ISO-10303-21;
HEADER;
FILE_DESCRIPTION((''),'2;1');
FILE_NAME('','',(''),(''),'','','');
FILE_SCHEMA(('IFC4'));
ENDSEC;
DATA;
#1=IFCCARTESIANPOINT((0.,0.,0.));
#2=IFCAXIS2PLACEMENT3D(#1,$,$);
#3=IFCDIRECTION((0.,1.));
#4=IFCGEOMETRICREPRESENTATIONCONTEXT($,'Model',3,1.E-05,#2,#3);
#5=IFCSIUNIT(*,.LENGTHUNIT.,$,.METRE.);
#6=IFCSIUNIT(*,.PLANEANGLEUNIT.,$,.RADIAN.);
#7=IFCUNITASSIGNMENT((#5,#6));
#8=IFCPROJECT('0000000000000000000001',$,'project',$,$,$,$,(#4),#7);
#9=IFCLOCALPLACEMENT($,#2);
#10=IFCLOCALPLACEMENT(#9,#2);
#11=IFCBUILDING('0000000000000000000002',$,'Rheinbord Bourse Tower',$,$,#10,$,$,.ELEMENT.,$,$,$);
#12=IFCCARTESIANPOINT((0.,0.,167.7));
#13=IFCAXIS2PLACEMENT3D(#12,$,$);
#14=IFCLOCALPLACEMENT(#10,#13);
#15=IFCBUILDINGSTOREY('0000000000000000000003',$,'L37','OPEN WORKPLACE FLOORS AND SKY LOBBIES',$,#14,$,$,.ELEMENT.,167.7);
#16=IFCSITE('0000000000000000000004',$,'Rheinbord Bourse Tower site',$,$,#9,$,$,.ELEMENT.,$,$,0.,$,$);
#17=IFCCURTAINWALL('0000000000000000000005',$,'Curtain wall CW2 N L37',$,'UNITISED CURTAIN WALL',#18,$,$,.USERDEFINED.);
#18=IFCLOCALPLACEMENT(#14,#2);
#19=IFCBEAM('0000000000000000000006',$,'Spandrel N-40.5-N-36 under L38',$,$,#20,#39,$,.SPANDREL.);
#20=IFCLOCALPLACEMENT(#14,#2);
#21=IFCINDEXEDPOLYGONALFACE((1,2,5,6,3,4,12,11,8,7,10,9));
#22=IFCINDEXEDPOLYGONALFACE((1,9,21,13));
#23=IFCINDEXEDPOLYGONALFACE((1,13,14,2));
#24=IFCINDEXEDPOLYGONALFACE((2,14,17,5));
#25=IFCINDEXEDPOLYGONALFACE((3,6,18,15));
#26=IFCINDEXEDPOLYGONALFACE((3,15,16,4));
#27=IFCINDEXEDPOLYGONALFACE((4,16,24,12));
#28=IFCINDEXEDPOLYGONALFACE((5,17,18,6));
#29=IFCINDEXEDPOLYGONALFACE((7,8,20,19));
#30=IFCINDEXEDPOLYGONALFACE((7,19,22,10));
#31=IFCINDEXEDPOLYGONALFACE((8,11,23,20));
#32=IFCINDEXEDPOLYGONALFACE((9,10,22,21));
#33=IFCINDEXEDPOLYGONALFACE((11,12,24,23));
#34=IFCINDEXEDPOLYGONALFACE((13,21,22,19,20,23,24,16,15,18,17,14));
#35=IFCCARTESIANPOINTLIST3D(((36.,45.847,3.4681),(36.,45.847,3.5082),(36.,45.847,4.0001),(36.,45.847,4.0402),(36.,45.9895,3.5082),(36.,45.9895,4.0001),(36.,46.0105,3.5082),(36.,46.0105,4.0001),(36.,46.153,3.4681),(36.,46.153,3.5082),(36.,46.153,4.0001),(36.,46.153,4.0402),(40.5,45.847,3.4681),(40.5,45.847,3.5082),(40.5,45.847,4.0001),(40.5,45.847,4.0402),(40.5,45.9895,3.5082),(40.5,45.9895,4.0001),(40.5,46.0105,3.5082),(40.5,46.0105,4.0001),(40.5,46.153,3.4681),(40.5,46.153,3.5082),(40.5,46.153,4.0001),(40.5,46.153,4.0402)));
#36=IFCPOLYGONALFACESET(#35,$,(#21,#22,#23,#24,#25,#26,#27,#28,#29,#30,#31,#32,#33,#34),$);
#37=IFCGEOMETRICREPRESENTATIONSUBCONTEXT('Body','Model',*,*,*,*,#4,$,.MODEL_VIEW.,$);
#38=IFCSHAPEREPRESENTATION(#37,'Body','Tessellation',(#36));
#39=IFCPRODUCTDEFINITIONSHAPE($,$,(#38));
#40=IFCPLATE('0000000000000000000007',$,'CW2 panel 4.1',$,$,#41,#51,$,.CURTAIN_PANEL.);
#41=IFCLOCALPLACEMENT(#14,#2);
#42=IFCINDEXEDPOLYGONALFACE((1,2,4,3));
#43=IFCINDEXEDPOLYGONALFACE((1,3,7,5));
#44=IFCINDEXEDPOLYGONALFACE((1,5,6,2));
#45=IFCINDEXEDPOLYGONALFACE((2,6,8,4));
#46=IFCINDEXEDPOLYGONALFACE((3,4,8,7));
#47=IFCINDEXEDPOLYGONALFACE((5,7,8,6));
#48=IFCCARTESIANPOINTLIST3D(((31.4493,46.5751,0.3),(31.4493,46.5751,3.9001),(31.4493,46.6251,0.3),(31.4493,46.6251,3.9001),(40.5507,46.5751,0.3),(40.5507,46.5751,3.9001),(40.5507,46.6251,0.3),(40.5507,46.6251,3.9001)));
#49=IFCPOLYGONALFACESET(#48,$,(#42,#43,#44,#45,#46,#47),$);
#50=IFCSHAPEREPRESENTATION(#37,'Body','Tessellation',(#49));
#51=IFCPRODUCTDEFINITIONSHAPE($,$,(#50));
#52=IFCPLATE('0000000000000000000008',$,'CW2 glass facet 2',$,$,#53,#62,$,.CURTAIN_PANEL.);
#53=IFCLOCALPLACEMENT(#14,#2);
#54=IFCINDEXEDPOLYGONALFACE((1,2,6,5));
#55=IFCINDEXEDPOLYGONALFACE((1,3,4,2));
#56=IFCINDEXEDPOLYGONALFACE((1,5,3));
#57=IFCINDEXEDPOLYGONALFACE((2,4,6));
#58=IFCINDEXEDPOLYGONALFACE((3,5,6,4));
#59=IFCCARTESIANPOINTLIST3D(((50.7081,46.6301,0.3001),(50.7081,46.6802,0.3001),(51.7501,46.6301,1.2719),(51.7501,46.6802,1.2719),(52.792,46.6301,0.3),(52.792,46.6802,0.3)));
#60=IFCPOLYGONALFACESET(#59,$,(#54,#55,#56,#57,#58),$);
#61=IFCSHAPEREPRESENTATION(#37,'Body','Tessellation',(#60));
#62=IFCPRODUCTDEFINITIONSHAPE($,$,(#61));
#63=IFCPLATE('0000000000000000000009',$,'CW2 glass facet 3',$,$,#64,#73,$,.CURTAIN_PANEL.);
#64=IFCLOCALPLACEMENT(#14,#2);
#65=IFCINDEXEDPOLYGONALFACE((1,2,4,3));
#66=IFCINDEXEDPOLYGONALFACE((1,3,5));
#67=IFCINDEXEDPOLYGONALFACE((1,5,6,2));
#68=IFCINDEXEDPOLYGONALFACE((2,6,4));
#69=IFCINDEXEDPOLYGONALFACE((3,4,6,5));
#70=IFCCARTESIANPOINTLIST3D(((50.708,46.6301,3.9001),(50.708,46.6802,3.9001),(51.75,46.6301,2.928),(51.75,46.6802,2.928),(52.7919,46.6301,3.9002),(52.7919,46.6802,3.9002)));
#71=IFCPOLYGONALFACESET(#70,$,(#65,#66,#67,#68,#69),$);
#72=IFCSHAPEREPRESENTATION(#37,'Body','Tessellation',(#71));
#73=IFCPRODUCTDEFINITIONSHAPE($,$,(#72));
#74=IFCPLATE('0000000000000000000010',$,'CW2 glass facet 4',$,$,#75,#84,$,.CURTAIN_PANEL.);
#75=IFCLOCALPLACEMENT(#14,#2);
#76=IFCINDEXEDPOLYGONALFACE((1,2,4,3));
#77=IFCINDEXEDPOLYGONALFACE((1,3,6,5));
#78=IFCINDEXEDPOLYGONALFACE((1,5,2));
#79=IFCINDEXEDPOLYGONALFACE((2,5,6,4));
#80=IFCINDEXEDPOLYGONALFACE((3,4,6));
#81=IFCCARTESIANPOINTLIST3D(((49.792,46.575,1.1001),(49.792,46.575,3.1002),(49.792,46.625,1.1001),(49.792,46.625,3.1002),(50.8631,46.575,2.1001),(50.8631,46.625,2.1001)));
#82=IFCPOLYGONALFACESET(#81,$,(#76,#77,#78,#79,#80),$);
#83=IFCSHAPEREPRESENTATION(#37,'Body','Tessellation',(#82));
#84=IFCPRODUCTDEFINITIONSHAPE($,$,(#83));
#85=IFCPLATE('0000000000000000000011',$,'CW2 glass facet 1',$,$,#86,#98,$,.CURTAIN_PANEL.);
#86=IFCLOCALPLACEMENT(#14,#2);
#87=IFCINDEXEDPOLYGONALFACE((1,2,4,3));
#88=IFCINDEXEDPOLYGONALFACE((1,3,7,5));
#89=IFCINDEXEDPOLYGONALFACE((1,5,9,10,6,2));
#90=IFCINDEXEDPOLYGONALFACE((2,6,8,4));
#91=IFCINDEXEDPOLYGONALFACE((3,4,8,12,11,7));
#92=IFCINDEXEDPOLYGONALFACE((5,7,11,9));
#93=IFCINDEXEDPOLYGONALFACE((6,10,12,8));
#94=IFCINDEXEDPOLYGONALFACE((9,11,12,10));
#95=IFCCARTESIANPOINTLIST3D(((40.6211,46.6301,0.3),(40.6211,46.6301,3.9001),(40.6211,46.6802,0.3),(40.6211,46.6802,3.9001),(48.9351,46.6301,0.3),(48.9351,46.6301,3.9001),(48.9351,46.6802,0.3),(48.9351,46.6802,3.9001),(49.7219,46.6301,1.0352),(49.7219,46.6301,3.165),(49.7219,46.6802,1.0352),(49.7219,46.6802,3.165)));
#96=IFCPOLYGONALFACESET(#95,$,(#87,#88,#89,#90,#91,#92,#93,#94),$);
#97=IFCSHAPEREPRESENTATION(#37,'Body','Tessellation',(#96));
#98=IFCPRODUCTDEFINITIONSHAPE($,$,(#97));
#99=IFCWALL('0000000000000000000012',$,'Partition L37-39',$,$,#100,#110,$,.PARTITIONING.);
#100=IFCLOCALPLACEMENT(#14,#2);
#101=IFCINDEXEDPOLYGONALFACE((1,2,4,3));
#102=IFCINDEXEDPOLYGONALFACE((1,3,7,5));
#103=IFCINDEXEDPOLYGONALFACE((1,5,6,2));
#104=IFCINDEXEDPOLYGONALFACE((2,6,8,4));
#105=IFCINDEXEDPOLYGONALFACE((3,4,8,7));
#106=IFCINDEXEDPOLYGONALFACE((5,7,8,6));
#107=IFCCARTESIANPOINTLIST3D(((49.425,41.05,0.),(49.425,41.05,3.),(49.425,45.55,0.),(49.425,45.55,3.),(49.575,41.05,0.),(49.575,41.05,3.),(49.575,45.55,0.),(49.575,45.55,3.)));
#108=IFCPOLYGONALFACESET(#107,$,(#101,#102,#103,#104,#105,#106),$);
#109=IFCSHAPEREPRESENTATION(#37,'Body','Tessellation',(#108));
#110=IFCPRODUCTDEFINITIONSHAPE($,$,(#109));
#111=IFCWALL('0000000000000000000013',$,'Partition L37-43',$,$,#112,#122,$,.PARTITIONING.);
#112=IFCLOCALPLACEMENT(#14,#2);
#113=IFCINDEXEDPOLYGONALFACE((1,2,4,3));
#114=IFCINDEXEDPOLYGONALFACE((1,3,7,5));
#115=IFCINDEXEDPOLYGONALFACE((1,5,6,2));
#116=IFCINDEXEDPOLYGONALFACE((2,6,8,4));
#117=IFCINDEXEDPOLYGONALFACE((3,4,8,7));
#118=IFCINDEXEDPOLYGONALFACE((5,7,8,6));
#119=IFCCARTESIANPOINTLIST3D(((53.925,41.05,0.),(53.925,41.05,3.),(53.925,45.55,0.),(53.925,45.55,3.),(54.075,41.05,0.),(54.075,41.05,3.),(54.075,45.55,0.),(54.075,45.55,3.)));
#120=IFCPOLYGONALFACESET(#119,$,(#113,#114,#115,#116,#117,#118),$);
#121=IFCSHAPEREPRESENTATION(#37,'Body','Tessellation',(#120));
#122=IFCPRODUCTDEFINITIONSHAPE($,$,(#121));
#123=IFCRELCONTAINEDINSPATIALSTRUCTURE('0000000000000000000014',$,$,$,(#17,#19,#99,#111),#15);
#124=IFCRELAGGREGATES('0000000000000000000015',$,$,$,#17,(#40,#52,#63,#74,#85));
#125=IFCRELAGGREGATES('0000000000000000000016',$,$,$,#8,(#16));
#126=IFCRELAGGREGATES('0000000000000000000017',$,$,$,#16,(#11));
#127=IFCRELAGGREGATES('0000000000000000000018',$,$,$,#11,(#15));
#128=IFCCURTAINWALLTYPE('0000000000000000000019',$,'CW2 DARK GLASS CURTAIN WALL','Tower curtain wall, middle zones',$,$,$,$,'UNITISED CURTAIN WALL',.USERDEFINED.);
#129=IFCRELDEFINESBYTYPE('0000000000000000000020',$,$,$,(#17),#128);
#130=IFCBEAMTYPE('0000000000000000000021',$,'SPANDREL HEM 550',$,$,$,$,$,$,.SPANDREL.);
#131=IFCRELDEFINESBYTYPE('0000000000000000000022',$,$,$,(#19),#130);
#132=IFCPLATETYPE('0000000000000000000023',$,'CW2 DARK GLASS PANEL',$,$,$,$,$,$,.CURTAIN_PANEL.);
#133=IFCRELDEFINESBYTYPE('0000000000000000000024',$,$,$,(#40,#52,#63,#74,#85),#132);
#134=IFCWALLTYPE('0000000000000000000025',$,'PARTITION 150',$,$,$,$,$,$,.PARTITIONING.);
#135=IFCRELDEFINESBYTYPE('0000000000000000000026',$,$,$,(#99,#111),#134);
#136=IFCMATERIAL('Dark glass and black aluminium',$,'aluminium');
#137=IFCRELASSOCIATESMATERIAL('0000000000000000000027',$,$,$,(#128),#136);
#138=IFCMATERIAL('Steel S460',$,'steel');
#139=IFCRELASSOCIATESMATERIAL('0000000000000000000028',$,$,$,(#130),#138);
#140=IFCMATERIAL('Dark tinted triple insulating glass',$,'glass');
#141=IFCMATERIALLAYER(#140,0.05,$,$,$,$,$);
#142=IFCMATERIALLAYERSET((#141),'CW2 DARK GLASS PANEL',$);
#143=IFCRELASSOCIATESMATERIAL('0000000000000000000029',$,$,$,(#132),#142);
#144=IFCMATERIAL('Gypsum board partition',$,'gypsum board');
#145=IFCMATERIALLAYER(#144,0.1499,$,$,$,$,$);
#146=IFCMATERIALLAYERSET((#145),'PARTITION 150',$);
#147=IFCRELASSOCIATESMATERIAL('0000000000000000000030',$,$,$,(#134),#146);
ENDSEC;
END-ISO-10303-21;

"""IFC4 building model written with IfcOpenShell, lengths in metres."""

from ifc_helpers import new_model, si_unit, direction, frame, frame_2d, origin, origin_2d, place, context, subcontext, project, spatial, polyline, rectangle, i_section, outline, extrude, material, layer, layer_set, material_profile, profile_set, type_object, element, aggregate, save


model = new_model("IFC4")

# Units and contexts
model_context = context("Model", 3, precision=1e-05, world=origin(), true_north=direction((0.0, 1.0)))
body_context = subcontext(model_context, "Body", "Model", "MODEL_VIEW")
ifc_project = project(units=[si_unit("LENGTHUNIT", "METRE"), si_unit("PLANEANGLEUNIT", "RADIAN")], contexts=[model_context])

# Site, building, storey
site_placement = place(None, origin())
site = spatial("IfcSite", under=ifc_project, at=site_placement, Name="Rheinbord Bourse Tower site", CompositionType="ELEMENT", RefElevation=0.0)
building_placement = place(site_placement, origin())
building = spatial("IfcBuilding", under=site, at=building_placement, Name="Rheinbord Bourse Tower", CompositionType="ELEMENT")
storey_placement = place(building_placement, frame((0.0, 0.0, 167.7)))
storey = spatial("IfcBuildingStorey", under=building, at=storey_placement, Name="L37", Description="OPEN WORKPLACE FLOORS AND SKY LOBBIES", CompositionType="ELEMENT", Elevation=167.7)

# Curtain wall
ifc_material_1 = material(Name="Dark glass and black aluminium", Category="aluminium")
curtain_wall_type = type_object("IfcCurtainWallType", Name="CW2 DARK GLASS CURTAIN WALL", Description="Tower curtain wall, middle zones", ElementType="UNITISED CURTAIN WALL", PredefinedType="USERDEFINED", material=ifc_material_1)
curtain_wall_placement = place(storey_placement, origin())
curtain_wall = element("IfcCurtainWall", 1, at=curtain_wall_placement, inside=storey, type_object=curtain_wall_type, Name="Curtain wall CW2 N L37", ObjectType="UNITISED CURTAIN WALL", PredefinedType="USERDEFINED")

# Beam
ifc_material_2 = material(Name="Steel S460", Category="steel")
ifc_material_profile_1 = material_profile(ifc_material_2, i_section(OverallWidth=0.3059, OverallDepth=0.572, WebThickness=0.021, FlangeThickness=0.04, at=origin_2d()), Name="HEM 550")
ifc_profile_set_1 = profile_set([ifc_material_profile_1], Name="Steel S460")
beam_type_1 = type_object("IfcBeamType", Name="SPANDREL HEM 550", PredefinedType="SPANDREL", material=ifc_profile_set_1)
for number, where, z_axis, x_axis, name in (
    (2, (40.5, 46.0, 3.7542), (-1.0, 0.0, 0.0), (0.0, -1.0, 0.0), "Spandrel N-40.5-N-36 under L38"),
):
    element("IfcBeam", number, at=place(storey_placement, frame(where, z_axis=z_axis, x_axis=x_axis)), inside=storey, type_object=beam_type_1, Name=name, PredefinedType="SPANDREL", context=body_context, shape_type="SweptSolid", body=[
        extrude(i_section(OverallWidth=0.3059, OverallDepth=0.572, WebThickness=0.021, FlangeThickness=0.04, at=origin_2d()), origin(), (0.0, 0.0, 1.0), 4.5),
    ])

# Plates
ifc_material_3 = material(Name="Dark tinted triple insulating glass", Category="glass")
ifc_layer_1 = layer(ifc_material_3, 0.05)
ifc_layer_set_1 = layer_set([ifc_layer_1], Name="CW2 DARK GLASS PANEL")
plate_type = type_object("IfcPlateType", Name="CW2 DARK GLASS PANEL", PredefinedType="CURTAIN_PANEL", material=ifc_layer_set_1)
plate_1_placement = place(storey_placement, frame((36.0, 46.6001, 0.3), z_axis=(0.0, 0.0, 1.0), x_axis=(-1.0, 0.0, 0.0)))
plate_1 = element("IfcPlate", 3, at=plate_1_placement, type_object=plate_type, Name="CW2 panel 4.1", PredefinedType="CURTAIN_PANEL", context=body_context, shape_type="SweptSolid", body=[
    extrude(rectangle(XDim=9.1013, YDim=0.05, at=origin_2d()), origin(), (0.0, 0.0, 1.0), 3.6001),
])
plate_2_placement = place(storey_placement, frame((52.792, 46.6802, 0.3), z_axis=(0.0, -1.0, 0.0), x_axis=(-0.731266, 0.0, 0.682092)))
plate_2 = element("IfcPlate", 4, at=plate_2_placement, type_object=plate_type, Name="CW2 glass facet 2", PredefinedType="CURTAIN_PANEL", context=body_context, shape_type="SweptSolid", body=[
    extrude(outline(polyline([(0.0, 0.0), (1.4248, 0.0), (1.5239, 1.4214), (0.0, 0.0)])), origin(), (0.0, 0.0, 1.0), 0.05),
])
plate_3_placement = place(storey_placement, frame((50.708, 46.6802, 3.9001), z_axis=(0.0, -1.0, 0.0), x_axis=(0.731181, 0.0, -0.682184)))
plate_3 = element("IfcPlate", 5, at=plate_3_placement, type_object=plate_type, Name="CW2 glass facet 3", PredefinedType="CURTAIN_PANEL", context=body_context, shape_type="SweptSolid", body=[
    extrude(outline(polyline([(0.0, 0.0), (1.425, 0.0), (1.5237, 1.4216), (0.0, 0.0)])), origin(), (0.0, 0.0, 1.0), 0.05),
])
plate_4_placement = place(storey_placement, frame((49.792, 46.625, 1.1001), z_axis=(0.0, -1.0, 0.0), x_axis=(0.730933, 0.0, 0.682449)))
plate_4 = element("IfcPlate", 6, at=plate_4_placement, type_object=plate_type, Name="CW2 glass facet 4", PredefinedType="CURTAIN_PANEL", context=body_context, shape_type="SweptSolid", body=[
    extrude(outline(polyline([(0.0, 0.0), (1.4653, 0.0), (1.365, 1.4619), (0.0, 0.0)])), origin(), (0.0, 0.0, 1.0), 0.05),
])
plate_5_placement = place(storey_placement, frame((40.6211, 46.6802, 3.9001), z_axis=(0.0, -1.0, 0.0), x_axis=(0.0, 0.0, -1.0)))
plate_5 = element("IfcPlate", 7, at=plate_5_placement, type_object=plate_type, Name="CW2 glass facet 1", PredefinedType="CURTAIN_PANEL", context=body_context, shape_type="SweptSolid", body=[
    extrude(outline(polyline([(0.0, 0.0), (3.6001, 0.0), (3.6001, 8.314), (2.865, 9.1008), (0.7351, 9.1008), (0.0, 8.314), (0.0, 0.0)])), origin(), (0.0, 0.0, 1.0), 0.05),
])
aggregate(curtain_wall, [plate_1, plate_2, plate_3, plate_4, plate_5])

# Walls
ifc_material_4 = material(Name="Gypsum board partition", Category="gypsum board")
ifc_layer_2 = layer(ifc_material_4, 0.1499)
ifc_layer_set_2 = layer_set([ifc_layer_2], Name="PARTITION 150")
wall_type = type_object("IfcWallType", Name="PARTITION 150", PredefinedType="PARTITIONING", material=ifc_layer_set_2)
for number, where, z_axis, x_axis, name in (
    (8, (49.5, 41.05, 0.0), (0.0, 0.0, 1.0), (0.0, 1.0, 0.0), "Partition L37-39"),
    (9, (54.0, 41.05, 0.0), (0.0, 0.0, 1.0), (0.0, 1.0, 0.0), "Partition L37-43"),
):
    element("IfcWall", number, at=place(storey_placement, frame(where, z_axis=z_axis, x_axis=x_axis)), inside=storey, type_object=wall_type, Name=name, PredefinedType="PARTITIONING", context=body_context, shape_type="SweptSolid", body=[
        extrude(rectangle(XDim=4.5, YDim=0.1499, at=frame_2d((2.25, 0.0))), origin(), (0.0, 0.0, 1.0), 3.0),
    ])

save(model, "model.ifc")
